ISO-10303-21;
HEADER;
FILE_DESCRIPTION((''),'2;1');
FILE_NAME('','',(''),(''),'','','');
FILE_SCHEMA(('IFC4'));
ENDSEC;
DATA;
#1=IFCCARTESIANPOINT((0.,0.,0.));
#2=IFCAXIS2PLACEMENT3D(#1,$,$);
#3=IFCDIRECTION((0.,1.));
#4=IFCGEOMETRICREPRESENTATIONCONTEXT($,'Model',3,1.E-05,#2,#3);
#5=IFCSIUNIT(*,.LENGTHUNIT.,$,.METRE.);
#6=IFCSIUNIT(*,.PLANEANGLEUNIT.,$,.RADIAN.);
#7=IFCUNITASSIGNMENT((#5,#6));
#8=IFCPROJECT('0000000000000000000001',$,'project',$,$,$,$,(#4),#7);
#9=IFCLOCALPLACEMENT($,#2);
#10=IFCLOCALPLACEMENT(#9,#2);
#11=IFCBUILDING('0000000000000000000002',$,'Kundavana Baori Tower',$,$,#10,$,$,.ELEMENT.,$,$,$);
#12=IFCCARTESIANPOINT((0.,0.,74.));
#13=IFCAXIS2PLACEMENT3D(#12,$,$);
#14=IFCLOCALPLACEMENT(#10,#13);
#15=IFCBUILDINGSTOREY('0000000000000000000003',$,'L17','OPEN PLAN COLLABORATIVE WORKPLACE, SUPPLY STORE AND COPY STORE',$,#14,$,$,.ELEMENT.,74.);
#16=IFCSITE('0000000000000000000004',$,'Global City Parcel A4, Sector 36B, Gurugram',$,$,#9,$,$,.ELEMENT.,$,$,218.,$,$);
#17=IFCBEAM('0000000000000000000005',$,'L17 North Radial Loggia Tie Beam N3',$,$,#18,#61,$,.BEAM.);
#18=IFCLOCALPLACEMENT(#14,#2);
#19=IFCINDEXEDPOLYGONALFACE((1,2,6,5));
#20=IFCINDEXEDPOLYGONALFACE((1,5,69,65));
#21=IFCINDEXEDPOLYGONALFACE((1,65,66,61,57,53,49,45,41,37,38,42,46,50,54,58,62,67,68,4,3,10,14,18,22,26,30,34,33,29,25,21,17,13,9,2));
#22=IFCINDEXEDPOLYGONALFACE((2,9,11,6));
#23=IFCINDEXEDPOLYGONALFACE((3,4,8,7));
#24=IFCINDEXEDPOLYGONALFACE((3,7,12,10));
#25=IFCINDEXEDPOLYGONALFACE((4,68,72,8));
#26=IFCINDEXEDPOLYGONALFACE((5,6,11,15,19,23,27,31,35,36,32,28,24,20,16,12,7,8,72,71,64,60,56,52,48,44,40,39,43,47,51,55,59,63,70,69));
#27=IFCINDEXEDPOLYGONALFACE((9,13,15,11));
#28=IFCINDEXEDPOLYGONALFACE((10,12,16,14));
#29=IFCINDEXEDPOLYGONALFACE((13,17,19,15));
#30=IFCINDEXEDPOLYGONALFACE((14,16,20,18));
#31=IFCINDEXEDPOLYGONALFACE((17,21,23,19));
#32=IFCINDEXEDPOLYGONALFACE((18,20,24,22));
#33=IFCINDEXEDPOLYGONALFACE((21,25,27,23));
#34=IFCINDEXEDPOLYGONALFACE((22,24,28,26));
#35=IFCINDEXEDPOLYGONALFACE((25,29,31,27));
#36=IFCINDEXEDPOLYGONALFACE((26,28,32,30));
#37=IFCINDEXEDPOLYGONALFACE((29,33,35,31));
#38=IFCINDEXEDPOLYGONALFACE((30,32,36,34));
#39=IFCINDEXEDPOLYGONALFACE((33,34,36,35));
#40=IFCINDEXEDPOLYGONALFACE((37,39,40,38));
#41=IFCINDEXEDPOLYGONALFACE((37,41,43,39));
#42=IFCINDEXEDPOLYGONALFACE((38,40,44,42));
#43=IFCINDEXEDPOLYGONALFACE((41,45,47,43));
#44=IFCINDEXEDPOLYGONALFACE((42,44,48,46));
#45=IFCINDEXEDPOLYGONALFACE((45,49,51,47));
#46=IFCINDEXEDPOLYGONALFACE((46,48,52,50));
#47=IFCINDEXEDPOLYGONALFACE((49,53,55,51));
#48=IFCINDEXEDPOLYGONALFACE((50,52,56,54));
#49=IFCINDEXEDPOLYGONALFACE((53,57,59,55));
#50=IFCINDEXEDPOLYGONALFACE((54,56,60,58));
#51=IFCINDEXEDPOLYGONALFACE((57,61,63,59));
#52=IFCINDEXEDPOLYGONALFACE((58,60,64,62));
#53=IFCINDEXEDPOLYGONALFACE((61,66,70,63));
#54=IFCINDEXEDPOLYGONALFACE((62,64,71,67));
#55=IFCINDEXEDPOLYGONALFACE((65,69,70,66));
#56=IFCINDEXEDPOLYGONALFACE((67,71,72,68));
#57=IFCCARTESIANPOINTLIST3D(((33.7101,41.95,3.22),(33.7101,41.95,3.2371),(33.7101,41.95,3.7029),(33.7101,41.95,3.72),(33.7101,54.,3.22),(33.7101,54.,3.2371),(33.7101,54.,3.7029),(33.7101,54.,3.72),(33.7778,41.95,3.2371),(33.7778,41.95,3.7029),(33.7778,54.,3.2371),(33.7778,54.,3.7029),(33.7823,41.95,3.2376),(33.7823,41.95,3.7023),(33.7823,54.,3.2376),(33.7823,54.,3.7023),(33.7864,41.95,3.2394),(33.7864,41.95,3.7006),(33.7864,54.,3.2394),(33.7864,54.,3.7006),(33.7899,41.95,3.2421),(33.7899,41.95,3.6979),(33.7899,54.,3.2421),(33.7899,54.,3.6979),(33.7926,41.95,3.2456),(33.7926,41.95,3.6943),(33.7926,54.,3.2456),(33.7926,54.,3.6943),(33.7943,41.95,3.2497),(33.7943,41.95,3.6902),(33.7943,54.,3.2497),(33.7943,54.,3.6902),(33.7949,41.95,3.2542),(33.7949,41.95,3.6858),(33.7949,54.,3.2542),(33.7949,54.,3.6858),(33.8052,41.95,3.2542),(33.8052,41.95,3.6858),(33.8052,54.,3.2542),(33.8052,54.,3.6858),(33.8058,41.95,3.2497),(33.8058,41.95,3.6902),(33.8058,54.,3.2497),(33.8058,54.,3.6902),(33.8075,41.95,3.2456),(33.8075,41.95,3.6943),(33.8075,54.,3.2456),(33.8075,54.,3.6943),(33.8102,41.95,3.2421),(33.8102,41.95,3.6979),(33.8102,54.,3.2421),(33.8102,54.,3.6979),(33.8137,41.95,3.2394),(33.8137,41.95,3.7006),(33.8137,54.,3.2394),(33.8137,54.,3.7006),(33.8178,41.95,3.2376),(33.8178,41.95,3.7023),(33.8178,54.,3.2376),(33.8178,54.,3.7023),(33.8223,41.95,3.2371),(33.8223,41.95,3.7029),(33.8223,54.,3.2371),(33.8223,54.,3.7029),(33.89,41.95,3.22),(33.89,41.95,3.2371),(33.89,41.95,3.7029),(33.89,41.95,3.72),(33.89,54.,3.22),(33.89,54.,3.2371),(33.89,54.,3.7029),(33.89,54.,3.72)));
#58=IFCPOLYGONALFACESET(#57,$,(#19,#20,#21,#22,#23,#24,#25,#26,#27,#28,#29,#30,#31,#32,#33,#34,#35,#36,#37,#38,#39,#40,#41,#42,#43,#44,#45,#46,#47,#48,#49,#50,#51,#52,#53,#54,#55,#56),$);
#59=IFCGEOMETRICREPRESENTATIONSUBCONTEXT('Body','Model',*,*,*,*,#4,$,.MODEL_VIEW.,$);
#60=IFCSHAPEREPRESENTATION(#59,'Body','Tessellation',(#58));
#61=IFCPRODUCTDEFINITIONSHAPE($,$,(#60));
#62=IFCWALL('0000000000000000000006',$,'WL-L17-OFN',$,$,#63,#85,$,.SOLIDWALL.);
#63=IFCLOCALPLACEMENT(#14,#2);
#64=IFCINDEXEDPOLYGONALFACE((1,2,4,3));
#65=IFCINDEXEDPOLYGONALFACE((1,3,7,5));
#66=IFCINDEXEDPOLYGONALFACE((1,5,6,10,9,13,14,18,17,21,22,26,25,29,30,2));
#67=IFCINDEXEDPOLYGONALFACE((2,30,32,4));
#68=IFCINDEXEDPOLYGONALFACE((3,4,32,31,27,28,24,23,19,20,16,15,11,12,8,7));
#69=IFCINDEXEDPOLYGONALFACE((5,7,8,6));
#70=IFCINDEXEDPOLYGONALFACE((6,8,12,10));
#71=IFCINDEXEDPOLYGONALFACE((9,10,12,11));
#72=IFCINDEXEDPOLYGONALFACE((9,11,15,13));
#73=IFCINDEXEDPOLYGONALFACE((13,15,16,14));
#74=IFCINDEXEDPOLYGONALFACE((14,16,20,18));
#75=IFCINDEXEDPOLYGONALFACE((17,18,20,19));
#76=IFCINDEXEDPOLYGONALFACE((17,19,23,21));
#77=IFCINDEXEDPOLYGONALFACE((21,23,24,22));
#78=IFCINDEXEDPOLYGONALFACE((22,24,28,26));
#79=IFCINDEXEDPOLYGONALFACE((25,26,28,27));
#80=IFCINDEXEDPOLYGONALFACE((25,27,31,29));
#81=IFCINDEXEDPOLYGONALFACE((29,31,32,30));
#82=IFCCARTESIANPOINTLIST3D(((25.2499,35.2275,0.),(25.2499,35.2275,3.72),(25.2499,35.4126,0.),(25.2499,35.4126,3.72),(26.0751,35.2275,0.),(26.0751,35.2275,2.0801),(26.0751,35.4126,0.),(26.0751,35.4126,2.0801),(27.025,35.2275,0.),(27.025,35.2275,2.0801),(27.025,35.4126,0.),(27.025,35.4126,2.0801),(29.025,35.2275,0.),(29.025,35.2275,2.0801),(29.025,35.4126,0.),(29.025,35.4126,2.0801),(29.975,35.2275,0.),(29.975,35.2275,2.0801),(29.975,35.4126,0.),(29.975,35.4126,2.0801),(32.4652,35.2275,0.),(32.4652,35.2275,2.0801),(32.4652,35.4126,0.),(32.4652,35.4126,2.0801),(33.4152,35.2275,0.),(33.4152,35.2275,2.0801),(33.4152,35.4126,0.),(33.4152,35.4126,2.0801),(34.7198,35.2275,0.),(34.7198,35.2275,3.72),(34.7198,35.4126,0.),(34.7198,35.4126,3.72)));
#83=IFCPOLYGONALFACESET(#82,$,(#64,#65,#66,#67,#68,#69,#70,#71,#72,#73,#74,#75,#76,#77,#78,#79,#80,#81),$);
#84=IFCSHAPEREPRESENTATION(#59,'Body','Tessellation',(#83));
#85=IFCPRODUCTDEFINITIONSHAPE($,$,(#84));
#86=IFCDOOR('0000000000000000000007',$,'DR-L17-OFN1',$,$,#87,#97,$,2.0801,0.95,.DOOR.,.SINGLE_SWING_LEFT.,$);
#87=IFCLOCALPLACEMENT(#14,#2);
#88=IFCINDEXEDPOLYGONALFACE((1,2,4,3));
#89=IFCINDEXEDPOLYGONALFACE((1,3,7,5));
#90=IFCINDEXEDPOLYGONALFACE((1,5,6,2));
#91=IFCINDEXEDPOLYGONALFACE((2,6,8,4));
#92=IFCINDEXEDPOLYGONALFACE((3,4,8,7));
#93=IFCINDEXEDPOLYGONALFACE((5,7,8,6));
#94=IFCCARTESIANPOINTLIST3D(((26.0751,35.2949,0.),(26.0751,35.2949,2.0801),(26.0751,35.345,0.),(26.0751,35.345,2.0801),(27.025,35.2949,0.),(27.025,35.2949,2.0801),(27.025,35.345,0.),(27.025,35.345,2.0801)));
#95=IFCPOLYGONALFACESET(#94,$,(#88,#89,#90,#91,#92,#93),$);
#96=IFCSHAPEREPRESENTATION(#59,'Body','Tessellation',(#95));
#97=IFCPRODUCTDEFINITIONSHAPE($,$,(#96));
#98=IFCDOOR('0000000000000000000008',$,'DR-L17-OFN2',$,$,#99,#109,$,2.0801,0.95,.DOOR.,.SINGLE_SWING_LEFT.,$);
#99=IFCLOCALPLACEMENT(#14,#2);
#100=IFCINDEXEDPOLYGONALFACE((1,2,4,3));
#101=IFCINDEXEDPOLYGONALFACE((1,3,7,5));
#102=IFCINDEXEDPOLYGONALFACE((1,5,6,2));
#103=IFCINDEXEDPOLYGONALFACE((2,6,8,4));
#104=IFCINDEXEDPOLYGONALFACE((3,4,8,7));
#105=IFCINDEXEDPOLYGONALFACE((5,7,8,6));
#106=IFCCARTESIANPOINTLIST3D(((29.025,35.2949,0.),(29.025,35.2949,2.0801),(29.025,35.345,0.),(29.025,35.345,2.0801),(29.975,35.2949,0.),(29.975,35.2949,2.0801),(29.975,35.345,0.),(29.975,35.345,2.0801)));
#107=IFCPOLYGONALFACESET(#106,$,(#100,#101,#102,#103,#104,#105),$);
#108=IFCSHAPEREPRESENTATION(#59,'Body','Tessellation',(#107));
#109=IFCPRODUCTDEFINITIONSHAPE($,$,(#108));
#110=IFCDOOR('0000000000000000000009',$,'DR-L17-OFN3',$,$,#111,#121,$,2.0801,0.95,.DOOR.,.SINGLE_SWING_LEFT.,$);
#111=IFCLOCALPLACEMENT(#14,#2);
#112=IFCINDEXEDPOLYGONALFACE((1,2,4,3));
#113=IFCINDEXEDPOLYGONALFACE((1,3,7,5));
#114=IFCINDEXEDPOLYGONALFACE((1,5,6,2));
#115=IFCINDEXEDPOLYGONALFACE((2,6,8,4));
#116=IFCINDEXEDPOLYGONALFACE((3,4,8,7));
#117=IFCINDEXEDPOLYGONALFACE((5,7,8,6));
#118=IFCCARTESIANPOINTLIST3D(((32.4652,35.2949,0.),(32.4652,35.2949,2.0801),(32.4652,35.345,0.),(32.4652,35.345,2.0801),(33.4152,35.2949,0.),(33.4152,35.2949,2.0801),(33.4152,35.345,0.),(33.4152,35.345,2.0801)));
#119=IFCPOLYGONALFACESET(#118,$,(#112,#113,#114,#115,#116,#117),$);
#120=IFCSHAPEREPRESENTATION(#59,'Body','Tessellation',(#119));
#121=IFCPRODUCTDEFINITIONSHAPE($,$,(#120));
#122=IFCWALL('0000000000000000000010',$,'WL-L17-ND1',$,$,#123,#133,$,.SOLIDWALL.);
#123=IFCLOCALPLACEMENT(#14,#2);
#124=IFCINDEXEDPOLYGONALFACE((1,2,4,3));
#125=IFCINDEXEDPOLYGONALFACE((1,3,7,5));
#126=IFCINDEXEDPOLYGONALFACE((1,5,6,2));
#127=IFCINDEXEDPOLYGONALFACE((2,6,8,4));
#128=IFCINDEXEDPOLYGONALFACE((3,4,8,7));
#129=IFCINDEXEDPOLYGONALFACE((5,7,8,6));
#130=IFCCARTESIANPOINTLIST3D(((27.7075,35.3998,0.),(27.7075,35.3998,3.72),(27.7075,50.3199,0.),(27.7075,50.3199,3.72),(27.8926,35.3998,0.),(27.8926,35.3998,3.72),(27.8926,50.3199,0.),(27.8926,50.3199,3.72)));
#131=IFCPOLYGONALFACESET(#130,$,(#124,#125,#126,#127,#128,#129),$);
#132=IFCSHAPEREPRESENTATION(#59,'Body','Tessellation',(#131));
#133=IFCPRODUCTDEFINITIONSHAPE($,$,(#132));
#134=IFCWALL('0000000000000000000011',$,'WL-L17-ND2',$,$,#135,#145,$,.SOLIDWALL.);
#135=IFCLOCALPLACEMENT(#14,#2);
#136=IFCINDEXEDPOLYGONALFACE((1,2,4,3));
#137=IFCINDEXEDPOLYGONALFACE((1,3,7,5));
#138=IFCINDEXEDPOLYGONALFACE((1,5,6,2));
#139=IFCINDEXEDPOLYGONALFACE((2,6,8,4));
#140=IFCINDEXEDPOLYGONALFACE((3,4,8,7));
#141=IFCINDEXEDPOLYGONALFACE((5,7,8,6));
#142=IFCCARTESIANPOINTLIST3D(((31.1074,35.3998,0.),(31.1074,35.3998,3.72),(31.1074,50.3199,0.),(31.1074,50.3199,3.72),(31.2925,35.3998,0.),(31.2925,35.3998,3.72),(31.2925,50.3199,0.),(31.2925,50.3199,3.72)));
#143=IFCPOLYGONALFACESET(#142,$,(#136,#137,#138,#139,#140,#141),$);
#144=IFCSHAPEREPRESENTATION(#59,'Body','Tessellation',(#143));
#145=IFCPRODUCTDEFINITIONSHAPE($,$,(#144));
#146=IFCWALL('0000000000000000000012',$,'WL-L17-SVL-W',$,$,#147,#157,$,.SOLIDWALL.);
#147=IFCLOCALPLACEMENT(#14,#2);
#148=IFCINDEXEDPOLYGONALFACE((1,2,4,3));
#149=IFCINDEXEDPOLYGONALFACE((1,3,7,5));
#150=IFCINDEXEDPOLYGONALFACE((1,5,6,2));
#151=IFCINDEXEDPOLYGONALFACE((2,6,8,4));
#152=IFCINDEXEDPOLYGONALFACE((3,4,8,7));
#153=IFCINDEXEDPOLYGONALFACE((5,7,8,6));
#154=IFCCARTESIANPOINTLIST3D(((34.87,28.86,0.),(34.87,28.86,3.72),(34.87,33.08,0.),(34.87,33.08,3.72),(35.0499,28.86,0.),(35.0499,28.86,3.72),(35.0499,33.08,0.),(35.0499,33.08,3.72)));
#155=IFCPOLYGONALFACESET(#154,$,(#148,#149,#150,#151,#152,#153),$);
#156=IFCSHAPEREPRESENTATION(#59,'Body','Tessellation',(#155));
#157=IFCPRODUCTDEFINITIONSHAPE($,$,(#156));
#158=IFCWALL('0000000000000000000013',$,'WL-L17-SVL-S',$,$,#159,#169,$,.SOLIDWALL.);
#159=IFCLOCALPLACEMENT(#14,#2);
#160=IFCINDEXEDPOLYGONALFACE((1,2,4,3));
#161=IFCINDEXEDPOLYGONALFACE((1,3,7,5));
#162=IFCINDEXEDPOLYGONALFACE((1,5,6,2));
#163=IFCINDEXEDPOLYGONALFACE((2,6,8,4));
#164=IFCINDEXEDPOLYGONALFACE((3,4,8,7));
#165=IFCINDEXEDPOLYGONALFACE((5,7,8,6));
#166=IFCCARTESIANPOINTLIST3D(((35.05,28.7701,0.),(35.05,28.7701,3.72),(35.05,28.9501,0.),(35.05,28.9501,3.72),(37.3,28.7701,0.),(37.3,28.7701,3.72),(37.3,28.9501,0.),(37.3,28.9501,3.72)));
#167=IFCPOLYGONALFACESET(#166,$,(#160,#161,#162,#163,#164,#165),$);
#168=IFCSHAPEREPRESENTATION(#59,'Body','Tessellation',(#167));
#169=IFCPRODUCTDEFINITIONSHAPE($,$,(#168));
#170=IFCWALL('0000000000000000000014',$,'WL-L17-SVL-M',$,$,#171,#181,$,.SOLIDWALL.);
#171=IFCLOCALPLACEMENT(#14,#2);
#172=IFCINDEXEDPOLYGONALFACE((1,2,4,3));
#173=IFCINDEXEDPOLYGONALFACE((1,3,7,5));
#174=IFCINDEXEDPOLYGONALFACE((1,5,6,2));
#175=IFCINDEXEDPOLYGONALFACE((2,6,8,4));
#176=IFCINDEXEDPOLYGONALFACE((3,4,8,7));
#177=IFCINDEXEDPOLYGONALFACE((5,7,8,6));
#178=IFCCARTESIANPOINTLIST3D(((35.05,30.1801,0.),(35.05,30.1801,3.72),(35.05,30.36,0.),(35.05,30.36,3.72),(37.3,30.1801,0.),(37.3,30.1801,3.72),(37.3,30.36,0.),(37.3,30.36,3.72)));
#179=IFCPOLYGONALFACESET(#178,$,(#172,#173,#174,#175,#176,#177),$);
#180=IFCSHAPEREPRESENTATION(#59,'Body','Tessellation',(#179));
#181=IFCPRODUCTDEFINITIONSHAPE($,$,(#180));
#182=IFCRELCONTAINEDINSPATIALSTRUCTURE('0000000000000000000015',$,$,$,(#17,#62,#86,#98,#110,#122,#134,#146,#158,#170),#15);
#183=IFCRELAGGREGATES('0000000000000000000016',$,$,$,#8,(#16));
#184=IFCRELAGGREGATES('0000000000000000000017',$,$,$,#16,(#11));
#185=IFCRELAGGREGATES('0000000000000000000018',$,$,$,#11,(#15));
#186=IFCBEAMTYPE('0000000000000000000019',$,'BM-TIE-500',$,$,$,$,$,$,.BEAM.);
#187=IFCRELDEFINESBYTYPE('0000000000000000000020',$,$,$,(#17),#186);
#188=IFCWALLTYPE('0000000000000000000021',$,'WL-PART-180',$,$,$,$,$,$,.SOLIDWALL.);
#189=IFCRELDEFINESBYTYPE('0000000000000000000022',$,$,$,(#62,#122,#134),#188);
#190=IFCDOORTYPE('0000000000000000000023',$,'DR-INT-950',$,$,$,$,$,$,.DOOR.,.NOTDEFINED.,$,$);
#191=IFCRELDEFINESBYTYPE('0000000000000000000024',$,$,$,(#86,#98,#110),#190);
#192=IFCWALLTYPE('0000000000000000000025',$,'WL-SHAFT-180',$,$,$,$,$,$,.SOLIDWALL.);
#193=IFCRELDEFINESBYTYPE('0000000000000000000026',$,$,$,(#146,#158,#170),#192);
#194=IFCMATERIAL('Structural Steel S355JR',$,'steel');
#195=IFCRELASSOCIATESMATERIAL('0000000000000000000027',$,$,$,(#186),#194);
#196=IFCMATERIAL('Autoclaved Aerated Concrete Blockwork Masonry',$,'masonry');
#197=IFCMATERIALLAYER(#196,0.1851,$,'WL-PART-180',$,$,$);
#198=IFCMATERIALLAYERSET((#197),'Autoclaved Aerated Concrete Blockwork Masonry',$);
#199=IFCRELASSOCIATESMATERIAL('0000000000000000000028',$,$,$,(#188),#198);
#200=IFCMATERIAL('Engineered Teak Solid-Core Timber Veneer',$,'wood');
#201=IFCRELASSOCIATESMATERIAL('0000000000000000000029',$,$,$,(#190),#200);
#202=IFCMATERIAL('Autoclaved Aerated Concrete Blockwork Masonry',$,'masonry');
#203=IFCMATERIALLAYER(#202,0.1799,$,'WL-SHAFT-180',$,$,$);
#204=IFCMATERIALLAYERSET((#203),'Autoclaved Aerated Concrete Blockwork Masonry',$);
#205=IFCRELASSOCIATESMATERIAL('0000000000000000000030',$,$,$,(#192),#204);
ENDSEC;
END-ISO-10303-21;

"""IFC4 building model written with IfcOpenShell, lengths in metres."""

from ifc_helpers import new_model, si_unit, direction, frame, frame_2d, origin, origin_2d, place, context, subcontext, project, spatial, rectangle, i_section, extrude, material, layer, layer_set, material_profile, profile_set, type_object, element, fill, save


model = new_model("IFC4")

# Units and contexts
model_context = context("Model", 3, precision=1e-05, world=origin(), true_north=direction((0.0, 1.0)))
body_context = subcontext(model_context, "Body", "Model", "MODEL_VIEW")
ifc_project = project(units=[si_unit("LENGTHUNIT", "METRE"), si_unit("PLANEANGLEUNIT", "RADIAN")], contexts=[model_context])

# Site, building, storey
site_placement = place(None, origin())
site = spatial("IfcSite", under=ifc_project, at=site_placement, Name="Global City Parcel A4, Sector 36B, Gurugram", CompositionType="ELEMENT", RefElevation=218.0)
building_placement = place(site_placement, origin())
building = spatial("IfcBuilding", under=site, at=building_placement, Name="Kundavana Baori Tower", CompositionType="ELEMENT")
storey_placement = place(building_placement, frame((0.0, 0.0, 74.0)))
storey = spatial("IfcBuildingStorey", under=building, at=storey_placement, Name="L17", Description="OPEN PLAN COLLABORATIVE WORKPLACE, SUPPLY STORE AND COPY STORE", CompositionType="ELEMENT", Elevation=74.0)

# Beam
ifc_material_1 = material(Name="Structural Steel S355JR", Category="steel")
ifc_material_profile_1 = material_profile(ifc_material_1, i_section(OverallWidth=0.1799, OverallDepth=0.5, WebThickness=0.0103, FlangeThickness=0.0171, FilletRadius=0.0171, at=origin_2d()), Name="ISMB 500")
ifc_profile_set_1 = profile_set([ifc_material_profile_1], Name="Structural Steel S355JR")
beam_type_1 = type_object("IfcBeamType", Name="BM-TIE-500", PredefinedType="BEAM", material=ifc_profile_set_1)
for number, where, z_axis, x_axis, name in (
    (1, (33.8, 41.95, 3.47), (0.0, 1.0, 0.0), (-1.0, 0.0, 0.0), "L17 North Radial Loggia Tie Beam N3"),
):
    element("IfcBeam", number, at=place(storey_placement, frame(where, z_axis=z_axis, x_axis=x_axis)), inside=storey, type_object=beam_type_1, Name=name, PredefinedType="BEAM", context=body_context, shape_type="SweptSolid", body=[
        extrude(i_section(OverallWidth=0.1799, OverallDepth=0.5, WebThickness=0.0103, FlangeThickness=0.0171, FilletRadius=0.0171, at=origin_2d()), origin(), (0.0, 0.0, 1.0), 12.05),
    ])

# Wall, openings, doors
ifc_material_2 = material(Name="Autoclaved Aerated Concrete Blockwork Masonry", Category="masonry")
ifc_layer_1 = layer(ifc_material_2, 0.1851, Name="WL-PART-180")
ifc_layer_set_1 = layer_set([ifc_layer_1], Name="Autoclaved Aerated Concrete Blockwork Masonry")
wall_type_1 = type_object("IfcWallType", Name="WL-PART-180", PredefinedType="SOLIDWALL", material=ifc_layer_set_1)
wall_1_placement = place(storey_placement, frame((25.25, 35.3201, 0.0), z_axis=(0.0, 0.0, 1.0), x_axis=(1.0, 0.0, 0.0)))
wall_1 = element("IfcWall", 2, at=wall_1_placement, inside=storey, type_object=wall_type_1, Name="WL-L17-OFN", PredefinedType="SOLIDWALL", context=body_context, shape_type="SweptSolid", body=[
    extrude(rectangle(XDim=9.47, YDim=0.1851, at=frame_2d((4.7349, 0.0))), origin(), (0.0, 0.0, 1.0), 3.72),
])
opening_1_placement = place(wall_1_placement, frame((0.825, 0.0, 0.0)))
opening_1 = element("IfcOpeningElement", 3, at=opening_1_placement, cuts=wall_1, PredefinedType="OPENING", context=body_context, shape_type="SweptSolid", body=[
    extrude(rectangle(XDim=0.95, YDim=2.0801, at=frame_2d((0.4751, 1.04))), frame((0.0, 0.1025, 0.0), z_axis=(0.0, -1.0, 0.0), x_axis=(1.0, 0.0, 0.0)), (0.0, 0.0, 1.0), 0.2051),
])
opening_2_placement = place(wall_1_placement, frame((3.7749, 0.0, 0.0)))
opening_2 = element("IfcOpeningElement", 4, at=opening_2_placement, cuts=wall_1, PredefinedType="OPENING", context=body_context, shape_type="SweptSolid", body=[
    extrude(rectangle(XDim=0.95, YDim=2.0801, at=frame_2d((0.4751, 1.04))), frame((0.0, 0.1025, 0.0), z_axis=(0.0, -1.0, 0.0), x_axis=(1.0, 0.0, 0.0)), (0.0, 0.0, 1.0), 0.2051),
])
opening_3_placement = place(wall_1_placement, frame((7.2151, 0.0, 0.0)))
opening_3 = element("IfcOpeningElement", 5, at=opening_3_placement, cuts=wall_1, PredefinedType="OPENING", context=body_context, shape_type="SweptSolid", body=[
    extrude(rectangle(XDim=0.95, YDim=2.0801, at=frame_2d((0.4751, 1.04))), frame((0.0, 0.1025, 0.0), z_axis=(0.0, -1.0, 0.0), x_axis=(1.0, 0.0, 0.0)), (0.0, 0.0, 1.0), 0.2051),
])
ifc_material_3 = material(Name="Engineered Teak Solid-Core Timber Veneer", Category="wood")
door_type_1 = type_object("IfcDoorType", Name="DR-INT-950", OperationType="NOTDEFINED", PredefinedType="DOOR", material=ifc_material_3)
door_1_placement = place(opening_1_placement, origin())
door_1 = element("IfcDoor", 6, at=door_1_placement, inside=storey, type_object=door_type_1, Name="DR-L17-OFN1", OperationType="SINGLE_SWING_LEFT", OverallHeight=2.0801, OverallWidth=0.95, PredefinedType="DOOR", context=body_context, shape_type="SweptSolid", body=[
    extrude(rectangle(XDim=0.95, YDim=2.0801, at=frame_2d((0.4751, 1.04))), frame((0.0, 0.0249, 0.0), z_axis=(0.0, -1.0, 0.0), x_axis=(1.0, 0.0, 0.0)), (0.0, 0.0, 1.0), 0.05),
])
fill(opening_1, door_1)
door_2_placement = place(opening_2_placement, origin())
door_2 = element("IfcDoor", 7, at=door_2_placement, inside=storey, type_object=door_type_1, Name="DR-L17-OFN2", OperationType="SINGLE_SWING_LEFT", OverallHeight=2.0801, OverallWidth=0.95, PredefinedType="DOOR", context=body_context, shape_type="SweptSolid", body=[
    extrude(rectangle(XDim=0.95, YDim=2.0801, at=frame_2d((0.4751, 1.04))), frame((0.0, 0.0249, 0.0), z_axis=(0.0, -1.0, 0.0), x_axis=(1.0, 0.0, 0.0)), (0.0, 0.0, 1.0), 0.05),
])
fill(opening_2, door_2)
door_3_placement = place(opening_3_placement, origin())
door_3 = element("IfcDoor", 8, at=door_3_placement, inside=storey, type_object=door_type_1, Name="DR-L17-OFN3", OperationType="SINGLE_SWING_LEFT", OverallHeight=2.0801, OverallWidth=0.95, PredefinedType="DOOR", context=body_context, shape_type="SweptSolid", body=[
    extrude(rectangle(XDim=0.95, YDim=2.0801, at=frame_2d((0.4751, 1.04))), frame((0.0, 0.0249, 0.0), z_axis=(0.0, -1.0, 0.0), x_axis=(1.0, 0.0, 0.0)), (0.0, 0.0, 1.0), 0.05),
])
fill(opening_3, door_3)

# Walls
for number, where, z_axis, x_axis, name in (
    (9, (27.8, 35.3999, 0.0), (0.0, 0.0, 1.0), (0.0, 1.0, 0.0), "WL-L17-ND1"),
    (10, (31.2, 35.3999, 0.0), (0.0, 0.0, 1.0), (0.0, 1.0, 0.0), "WL-L17-ND2"),
):
    element("IfcWall", number, at=place(storey_placement, frame(where, z_axis=z_axis, x_axis=x_axis)), inside=storey, type_object=wall_type_1, Name=name, PredefinedType="SOLIDWALL", context=body_context, shape_type="SweptSolid", body=[
        extrude(rectangle(XDim=14.9202, YDim=0.1851, at=frame_2d((7.46, 0.0))), origin(), (0.0, 0.0, 1.0), 3.72),
    ])
ifc_material_4 = material(Name="Autoclaved Aerated Concrete Blockwork Masonry", Category="masonry")
ifc_layer_2 = layer(ifc_material_4, 0.1799, Name="WL-SHAFT-180")
ifc_layer_set_2 = layer_set([ifc_layer_2], Name="Autoclaved Aerated Concrete Blockwork Masonry")
wall_type_2 = type_object("IfcWallType", Name="WL-SHAFT-180", PredefinedType="SOLIDWALL", material=ifc_layer_set_2)
wall_2_placement = place(storey_placement, frame((34.96, 28.8601, 0.0), z_axis=(0.0, 0.0, 1.0), x_axis=(0.0, 1.0, 0.0)))
element("IfcWall", 11, at=wall_2_placement, inside=storey, type_object=wall_type_2, Name="WL-L17-SVL-W", PredefinedType="SOLIDWALL", context=body_context, shape_type="SweptSolid", body=[
    extrude(rectangle(XDim=4.22, YDim=0.1799, at=frame_2d((2.1099, 0.0))), origin(), (0.0, 0.0, 1.0), 3.72),
])
for number, where, z_axis, x_axis, name in (
    (12, (35.05, 28.8601, 0.0), (0.0, 0.0, 1.0), (1.0, 0.0, 0.0), "WL-L17-SVL-S"),
    (13, (35.05, 30.27, 0.0), (0.0, 0.0, 1.0), (1.0, 0.0, 0.0), "WL-L17-SVL-M"),
):
    element("IfcWall", number, at=place(storey_placement, frame(where, z_axis=z_axis, x_axis=x_axis)), inside=storey, type_object=wall_type_2, Name=name, PredefinedType="SOLIDWALL", context=body_context, shape_type="SweptSolid", body=[
        extrude(rectangle(XDim=2.25, YDim=0.1799, at=frame_2d((1.125, 0.0))), origin(), (0.0, 0.0, 1.0), 3.72),
    ])

save(model, "model.ifc")
